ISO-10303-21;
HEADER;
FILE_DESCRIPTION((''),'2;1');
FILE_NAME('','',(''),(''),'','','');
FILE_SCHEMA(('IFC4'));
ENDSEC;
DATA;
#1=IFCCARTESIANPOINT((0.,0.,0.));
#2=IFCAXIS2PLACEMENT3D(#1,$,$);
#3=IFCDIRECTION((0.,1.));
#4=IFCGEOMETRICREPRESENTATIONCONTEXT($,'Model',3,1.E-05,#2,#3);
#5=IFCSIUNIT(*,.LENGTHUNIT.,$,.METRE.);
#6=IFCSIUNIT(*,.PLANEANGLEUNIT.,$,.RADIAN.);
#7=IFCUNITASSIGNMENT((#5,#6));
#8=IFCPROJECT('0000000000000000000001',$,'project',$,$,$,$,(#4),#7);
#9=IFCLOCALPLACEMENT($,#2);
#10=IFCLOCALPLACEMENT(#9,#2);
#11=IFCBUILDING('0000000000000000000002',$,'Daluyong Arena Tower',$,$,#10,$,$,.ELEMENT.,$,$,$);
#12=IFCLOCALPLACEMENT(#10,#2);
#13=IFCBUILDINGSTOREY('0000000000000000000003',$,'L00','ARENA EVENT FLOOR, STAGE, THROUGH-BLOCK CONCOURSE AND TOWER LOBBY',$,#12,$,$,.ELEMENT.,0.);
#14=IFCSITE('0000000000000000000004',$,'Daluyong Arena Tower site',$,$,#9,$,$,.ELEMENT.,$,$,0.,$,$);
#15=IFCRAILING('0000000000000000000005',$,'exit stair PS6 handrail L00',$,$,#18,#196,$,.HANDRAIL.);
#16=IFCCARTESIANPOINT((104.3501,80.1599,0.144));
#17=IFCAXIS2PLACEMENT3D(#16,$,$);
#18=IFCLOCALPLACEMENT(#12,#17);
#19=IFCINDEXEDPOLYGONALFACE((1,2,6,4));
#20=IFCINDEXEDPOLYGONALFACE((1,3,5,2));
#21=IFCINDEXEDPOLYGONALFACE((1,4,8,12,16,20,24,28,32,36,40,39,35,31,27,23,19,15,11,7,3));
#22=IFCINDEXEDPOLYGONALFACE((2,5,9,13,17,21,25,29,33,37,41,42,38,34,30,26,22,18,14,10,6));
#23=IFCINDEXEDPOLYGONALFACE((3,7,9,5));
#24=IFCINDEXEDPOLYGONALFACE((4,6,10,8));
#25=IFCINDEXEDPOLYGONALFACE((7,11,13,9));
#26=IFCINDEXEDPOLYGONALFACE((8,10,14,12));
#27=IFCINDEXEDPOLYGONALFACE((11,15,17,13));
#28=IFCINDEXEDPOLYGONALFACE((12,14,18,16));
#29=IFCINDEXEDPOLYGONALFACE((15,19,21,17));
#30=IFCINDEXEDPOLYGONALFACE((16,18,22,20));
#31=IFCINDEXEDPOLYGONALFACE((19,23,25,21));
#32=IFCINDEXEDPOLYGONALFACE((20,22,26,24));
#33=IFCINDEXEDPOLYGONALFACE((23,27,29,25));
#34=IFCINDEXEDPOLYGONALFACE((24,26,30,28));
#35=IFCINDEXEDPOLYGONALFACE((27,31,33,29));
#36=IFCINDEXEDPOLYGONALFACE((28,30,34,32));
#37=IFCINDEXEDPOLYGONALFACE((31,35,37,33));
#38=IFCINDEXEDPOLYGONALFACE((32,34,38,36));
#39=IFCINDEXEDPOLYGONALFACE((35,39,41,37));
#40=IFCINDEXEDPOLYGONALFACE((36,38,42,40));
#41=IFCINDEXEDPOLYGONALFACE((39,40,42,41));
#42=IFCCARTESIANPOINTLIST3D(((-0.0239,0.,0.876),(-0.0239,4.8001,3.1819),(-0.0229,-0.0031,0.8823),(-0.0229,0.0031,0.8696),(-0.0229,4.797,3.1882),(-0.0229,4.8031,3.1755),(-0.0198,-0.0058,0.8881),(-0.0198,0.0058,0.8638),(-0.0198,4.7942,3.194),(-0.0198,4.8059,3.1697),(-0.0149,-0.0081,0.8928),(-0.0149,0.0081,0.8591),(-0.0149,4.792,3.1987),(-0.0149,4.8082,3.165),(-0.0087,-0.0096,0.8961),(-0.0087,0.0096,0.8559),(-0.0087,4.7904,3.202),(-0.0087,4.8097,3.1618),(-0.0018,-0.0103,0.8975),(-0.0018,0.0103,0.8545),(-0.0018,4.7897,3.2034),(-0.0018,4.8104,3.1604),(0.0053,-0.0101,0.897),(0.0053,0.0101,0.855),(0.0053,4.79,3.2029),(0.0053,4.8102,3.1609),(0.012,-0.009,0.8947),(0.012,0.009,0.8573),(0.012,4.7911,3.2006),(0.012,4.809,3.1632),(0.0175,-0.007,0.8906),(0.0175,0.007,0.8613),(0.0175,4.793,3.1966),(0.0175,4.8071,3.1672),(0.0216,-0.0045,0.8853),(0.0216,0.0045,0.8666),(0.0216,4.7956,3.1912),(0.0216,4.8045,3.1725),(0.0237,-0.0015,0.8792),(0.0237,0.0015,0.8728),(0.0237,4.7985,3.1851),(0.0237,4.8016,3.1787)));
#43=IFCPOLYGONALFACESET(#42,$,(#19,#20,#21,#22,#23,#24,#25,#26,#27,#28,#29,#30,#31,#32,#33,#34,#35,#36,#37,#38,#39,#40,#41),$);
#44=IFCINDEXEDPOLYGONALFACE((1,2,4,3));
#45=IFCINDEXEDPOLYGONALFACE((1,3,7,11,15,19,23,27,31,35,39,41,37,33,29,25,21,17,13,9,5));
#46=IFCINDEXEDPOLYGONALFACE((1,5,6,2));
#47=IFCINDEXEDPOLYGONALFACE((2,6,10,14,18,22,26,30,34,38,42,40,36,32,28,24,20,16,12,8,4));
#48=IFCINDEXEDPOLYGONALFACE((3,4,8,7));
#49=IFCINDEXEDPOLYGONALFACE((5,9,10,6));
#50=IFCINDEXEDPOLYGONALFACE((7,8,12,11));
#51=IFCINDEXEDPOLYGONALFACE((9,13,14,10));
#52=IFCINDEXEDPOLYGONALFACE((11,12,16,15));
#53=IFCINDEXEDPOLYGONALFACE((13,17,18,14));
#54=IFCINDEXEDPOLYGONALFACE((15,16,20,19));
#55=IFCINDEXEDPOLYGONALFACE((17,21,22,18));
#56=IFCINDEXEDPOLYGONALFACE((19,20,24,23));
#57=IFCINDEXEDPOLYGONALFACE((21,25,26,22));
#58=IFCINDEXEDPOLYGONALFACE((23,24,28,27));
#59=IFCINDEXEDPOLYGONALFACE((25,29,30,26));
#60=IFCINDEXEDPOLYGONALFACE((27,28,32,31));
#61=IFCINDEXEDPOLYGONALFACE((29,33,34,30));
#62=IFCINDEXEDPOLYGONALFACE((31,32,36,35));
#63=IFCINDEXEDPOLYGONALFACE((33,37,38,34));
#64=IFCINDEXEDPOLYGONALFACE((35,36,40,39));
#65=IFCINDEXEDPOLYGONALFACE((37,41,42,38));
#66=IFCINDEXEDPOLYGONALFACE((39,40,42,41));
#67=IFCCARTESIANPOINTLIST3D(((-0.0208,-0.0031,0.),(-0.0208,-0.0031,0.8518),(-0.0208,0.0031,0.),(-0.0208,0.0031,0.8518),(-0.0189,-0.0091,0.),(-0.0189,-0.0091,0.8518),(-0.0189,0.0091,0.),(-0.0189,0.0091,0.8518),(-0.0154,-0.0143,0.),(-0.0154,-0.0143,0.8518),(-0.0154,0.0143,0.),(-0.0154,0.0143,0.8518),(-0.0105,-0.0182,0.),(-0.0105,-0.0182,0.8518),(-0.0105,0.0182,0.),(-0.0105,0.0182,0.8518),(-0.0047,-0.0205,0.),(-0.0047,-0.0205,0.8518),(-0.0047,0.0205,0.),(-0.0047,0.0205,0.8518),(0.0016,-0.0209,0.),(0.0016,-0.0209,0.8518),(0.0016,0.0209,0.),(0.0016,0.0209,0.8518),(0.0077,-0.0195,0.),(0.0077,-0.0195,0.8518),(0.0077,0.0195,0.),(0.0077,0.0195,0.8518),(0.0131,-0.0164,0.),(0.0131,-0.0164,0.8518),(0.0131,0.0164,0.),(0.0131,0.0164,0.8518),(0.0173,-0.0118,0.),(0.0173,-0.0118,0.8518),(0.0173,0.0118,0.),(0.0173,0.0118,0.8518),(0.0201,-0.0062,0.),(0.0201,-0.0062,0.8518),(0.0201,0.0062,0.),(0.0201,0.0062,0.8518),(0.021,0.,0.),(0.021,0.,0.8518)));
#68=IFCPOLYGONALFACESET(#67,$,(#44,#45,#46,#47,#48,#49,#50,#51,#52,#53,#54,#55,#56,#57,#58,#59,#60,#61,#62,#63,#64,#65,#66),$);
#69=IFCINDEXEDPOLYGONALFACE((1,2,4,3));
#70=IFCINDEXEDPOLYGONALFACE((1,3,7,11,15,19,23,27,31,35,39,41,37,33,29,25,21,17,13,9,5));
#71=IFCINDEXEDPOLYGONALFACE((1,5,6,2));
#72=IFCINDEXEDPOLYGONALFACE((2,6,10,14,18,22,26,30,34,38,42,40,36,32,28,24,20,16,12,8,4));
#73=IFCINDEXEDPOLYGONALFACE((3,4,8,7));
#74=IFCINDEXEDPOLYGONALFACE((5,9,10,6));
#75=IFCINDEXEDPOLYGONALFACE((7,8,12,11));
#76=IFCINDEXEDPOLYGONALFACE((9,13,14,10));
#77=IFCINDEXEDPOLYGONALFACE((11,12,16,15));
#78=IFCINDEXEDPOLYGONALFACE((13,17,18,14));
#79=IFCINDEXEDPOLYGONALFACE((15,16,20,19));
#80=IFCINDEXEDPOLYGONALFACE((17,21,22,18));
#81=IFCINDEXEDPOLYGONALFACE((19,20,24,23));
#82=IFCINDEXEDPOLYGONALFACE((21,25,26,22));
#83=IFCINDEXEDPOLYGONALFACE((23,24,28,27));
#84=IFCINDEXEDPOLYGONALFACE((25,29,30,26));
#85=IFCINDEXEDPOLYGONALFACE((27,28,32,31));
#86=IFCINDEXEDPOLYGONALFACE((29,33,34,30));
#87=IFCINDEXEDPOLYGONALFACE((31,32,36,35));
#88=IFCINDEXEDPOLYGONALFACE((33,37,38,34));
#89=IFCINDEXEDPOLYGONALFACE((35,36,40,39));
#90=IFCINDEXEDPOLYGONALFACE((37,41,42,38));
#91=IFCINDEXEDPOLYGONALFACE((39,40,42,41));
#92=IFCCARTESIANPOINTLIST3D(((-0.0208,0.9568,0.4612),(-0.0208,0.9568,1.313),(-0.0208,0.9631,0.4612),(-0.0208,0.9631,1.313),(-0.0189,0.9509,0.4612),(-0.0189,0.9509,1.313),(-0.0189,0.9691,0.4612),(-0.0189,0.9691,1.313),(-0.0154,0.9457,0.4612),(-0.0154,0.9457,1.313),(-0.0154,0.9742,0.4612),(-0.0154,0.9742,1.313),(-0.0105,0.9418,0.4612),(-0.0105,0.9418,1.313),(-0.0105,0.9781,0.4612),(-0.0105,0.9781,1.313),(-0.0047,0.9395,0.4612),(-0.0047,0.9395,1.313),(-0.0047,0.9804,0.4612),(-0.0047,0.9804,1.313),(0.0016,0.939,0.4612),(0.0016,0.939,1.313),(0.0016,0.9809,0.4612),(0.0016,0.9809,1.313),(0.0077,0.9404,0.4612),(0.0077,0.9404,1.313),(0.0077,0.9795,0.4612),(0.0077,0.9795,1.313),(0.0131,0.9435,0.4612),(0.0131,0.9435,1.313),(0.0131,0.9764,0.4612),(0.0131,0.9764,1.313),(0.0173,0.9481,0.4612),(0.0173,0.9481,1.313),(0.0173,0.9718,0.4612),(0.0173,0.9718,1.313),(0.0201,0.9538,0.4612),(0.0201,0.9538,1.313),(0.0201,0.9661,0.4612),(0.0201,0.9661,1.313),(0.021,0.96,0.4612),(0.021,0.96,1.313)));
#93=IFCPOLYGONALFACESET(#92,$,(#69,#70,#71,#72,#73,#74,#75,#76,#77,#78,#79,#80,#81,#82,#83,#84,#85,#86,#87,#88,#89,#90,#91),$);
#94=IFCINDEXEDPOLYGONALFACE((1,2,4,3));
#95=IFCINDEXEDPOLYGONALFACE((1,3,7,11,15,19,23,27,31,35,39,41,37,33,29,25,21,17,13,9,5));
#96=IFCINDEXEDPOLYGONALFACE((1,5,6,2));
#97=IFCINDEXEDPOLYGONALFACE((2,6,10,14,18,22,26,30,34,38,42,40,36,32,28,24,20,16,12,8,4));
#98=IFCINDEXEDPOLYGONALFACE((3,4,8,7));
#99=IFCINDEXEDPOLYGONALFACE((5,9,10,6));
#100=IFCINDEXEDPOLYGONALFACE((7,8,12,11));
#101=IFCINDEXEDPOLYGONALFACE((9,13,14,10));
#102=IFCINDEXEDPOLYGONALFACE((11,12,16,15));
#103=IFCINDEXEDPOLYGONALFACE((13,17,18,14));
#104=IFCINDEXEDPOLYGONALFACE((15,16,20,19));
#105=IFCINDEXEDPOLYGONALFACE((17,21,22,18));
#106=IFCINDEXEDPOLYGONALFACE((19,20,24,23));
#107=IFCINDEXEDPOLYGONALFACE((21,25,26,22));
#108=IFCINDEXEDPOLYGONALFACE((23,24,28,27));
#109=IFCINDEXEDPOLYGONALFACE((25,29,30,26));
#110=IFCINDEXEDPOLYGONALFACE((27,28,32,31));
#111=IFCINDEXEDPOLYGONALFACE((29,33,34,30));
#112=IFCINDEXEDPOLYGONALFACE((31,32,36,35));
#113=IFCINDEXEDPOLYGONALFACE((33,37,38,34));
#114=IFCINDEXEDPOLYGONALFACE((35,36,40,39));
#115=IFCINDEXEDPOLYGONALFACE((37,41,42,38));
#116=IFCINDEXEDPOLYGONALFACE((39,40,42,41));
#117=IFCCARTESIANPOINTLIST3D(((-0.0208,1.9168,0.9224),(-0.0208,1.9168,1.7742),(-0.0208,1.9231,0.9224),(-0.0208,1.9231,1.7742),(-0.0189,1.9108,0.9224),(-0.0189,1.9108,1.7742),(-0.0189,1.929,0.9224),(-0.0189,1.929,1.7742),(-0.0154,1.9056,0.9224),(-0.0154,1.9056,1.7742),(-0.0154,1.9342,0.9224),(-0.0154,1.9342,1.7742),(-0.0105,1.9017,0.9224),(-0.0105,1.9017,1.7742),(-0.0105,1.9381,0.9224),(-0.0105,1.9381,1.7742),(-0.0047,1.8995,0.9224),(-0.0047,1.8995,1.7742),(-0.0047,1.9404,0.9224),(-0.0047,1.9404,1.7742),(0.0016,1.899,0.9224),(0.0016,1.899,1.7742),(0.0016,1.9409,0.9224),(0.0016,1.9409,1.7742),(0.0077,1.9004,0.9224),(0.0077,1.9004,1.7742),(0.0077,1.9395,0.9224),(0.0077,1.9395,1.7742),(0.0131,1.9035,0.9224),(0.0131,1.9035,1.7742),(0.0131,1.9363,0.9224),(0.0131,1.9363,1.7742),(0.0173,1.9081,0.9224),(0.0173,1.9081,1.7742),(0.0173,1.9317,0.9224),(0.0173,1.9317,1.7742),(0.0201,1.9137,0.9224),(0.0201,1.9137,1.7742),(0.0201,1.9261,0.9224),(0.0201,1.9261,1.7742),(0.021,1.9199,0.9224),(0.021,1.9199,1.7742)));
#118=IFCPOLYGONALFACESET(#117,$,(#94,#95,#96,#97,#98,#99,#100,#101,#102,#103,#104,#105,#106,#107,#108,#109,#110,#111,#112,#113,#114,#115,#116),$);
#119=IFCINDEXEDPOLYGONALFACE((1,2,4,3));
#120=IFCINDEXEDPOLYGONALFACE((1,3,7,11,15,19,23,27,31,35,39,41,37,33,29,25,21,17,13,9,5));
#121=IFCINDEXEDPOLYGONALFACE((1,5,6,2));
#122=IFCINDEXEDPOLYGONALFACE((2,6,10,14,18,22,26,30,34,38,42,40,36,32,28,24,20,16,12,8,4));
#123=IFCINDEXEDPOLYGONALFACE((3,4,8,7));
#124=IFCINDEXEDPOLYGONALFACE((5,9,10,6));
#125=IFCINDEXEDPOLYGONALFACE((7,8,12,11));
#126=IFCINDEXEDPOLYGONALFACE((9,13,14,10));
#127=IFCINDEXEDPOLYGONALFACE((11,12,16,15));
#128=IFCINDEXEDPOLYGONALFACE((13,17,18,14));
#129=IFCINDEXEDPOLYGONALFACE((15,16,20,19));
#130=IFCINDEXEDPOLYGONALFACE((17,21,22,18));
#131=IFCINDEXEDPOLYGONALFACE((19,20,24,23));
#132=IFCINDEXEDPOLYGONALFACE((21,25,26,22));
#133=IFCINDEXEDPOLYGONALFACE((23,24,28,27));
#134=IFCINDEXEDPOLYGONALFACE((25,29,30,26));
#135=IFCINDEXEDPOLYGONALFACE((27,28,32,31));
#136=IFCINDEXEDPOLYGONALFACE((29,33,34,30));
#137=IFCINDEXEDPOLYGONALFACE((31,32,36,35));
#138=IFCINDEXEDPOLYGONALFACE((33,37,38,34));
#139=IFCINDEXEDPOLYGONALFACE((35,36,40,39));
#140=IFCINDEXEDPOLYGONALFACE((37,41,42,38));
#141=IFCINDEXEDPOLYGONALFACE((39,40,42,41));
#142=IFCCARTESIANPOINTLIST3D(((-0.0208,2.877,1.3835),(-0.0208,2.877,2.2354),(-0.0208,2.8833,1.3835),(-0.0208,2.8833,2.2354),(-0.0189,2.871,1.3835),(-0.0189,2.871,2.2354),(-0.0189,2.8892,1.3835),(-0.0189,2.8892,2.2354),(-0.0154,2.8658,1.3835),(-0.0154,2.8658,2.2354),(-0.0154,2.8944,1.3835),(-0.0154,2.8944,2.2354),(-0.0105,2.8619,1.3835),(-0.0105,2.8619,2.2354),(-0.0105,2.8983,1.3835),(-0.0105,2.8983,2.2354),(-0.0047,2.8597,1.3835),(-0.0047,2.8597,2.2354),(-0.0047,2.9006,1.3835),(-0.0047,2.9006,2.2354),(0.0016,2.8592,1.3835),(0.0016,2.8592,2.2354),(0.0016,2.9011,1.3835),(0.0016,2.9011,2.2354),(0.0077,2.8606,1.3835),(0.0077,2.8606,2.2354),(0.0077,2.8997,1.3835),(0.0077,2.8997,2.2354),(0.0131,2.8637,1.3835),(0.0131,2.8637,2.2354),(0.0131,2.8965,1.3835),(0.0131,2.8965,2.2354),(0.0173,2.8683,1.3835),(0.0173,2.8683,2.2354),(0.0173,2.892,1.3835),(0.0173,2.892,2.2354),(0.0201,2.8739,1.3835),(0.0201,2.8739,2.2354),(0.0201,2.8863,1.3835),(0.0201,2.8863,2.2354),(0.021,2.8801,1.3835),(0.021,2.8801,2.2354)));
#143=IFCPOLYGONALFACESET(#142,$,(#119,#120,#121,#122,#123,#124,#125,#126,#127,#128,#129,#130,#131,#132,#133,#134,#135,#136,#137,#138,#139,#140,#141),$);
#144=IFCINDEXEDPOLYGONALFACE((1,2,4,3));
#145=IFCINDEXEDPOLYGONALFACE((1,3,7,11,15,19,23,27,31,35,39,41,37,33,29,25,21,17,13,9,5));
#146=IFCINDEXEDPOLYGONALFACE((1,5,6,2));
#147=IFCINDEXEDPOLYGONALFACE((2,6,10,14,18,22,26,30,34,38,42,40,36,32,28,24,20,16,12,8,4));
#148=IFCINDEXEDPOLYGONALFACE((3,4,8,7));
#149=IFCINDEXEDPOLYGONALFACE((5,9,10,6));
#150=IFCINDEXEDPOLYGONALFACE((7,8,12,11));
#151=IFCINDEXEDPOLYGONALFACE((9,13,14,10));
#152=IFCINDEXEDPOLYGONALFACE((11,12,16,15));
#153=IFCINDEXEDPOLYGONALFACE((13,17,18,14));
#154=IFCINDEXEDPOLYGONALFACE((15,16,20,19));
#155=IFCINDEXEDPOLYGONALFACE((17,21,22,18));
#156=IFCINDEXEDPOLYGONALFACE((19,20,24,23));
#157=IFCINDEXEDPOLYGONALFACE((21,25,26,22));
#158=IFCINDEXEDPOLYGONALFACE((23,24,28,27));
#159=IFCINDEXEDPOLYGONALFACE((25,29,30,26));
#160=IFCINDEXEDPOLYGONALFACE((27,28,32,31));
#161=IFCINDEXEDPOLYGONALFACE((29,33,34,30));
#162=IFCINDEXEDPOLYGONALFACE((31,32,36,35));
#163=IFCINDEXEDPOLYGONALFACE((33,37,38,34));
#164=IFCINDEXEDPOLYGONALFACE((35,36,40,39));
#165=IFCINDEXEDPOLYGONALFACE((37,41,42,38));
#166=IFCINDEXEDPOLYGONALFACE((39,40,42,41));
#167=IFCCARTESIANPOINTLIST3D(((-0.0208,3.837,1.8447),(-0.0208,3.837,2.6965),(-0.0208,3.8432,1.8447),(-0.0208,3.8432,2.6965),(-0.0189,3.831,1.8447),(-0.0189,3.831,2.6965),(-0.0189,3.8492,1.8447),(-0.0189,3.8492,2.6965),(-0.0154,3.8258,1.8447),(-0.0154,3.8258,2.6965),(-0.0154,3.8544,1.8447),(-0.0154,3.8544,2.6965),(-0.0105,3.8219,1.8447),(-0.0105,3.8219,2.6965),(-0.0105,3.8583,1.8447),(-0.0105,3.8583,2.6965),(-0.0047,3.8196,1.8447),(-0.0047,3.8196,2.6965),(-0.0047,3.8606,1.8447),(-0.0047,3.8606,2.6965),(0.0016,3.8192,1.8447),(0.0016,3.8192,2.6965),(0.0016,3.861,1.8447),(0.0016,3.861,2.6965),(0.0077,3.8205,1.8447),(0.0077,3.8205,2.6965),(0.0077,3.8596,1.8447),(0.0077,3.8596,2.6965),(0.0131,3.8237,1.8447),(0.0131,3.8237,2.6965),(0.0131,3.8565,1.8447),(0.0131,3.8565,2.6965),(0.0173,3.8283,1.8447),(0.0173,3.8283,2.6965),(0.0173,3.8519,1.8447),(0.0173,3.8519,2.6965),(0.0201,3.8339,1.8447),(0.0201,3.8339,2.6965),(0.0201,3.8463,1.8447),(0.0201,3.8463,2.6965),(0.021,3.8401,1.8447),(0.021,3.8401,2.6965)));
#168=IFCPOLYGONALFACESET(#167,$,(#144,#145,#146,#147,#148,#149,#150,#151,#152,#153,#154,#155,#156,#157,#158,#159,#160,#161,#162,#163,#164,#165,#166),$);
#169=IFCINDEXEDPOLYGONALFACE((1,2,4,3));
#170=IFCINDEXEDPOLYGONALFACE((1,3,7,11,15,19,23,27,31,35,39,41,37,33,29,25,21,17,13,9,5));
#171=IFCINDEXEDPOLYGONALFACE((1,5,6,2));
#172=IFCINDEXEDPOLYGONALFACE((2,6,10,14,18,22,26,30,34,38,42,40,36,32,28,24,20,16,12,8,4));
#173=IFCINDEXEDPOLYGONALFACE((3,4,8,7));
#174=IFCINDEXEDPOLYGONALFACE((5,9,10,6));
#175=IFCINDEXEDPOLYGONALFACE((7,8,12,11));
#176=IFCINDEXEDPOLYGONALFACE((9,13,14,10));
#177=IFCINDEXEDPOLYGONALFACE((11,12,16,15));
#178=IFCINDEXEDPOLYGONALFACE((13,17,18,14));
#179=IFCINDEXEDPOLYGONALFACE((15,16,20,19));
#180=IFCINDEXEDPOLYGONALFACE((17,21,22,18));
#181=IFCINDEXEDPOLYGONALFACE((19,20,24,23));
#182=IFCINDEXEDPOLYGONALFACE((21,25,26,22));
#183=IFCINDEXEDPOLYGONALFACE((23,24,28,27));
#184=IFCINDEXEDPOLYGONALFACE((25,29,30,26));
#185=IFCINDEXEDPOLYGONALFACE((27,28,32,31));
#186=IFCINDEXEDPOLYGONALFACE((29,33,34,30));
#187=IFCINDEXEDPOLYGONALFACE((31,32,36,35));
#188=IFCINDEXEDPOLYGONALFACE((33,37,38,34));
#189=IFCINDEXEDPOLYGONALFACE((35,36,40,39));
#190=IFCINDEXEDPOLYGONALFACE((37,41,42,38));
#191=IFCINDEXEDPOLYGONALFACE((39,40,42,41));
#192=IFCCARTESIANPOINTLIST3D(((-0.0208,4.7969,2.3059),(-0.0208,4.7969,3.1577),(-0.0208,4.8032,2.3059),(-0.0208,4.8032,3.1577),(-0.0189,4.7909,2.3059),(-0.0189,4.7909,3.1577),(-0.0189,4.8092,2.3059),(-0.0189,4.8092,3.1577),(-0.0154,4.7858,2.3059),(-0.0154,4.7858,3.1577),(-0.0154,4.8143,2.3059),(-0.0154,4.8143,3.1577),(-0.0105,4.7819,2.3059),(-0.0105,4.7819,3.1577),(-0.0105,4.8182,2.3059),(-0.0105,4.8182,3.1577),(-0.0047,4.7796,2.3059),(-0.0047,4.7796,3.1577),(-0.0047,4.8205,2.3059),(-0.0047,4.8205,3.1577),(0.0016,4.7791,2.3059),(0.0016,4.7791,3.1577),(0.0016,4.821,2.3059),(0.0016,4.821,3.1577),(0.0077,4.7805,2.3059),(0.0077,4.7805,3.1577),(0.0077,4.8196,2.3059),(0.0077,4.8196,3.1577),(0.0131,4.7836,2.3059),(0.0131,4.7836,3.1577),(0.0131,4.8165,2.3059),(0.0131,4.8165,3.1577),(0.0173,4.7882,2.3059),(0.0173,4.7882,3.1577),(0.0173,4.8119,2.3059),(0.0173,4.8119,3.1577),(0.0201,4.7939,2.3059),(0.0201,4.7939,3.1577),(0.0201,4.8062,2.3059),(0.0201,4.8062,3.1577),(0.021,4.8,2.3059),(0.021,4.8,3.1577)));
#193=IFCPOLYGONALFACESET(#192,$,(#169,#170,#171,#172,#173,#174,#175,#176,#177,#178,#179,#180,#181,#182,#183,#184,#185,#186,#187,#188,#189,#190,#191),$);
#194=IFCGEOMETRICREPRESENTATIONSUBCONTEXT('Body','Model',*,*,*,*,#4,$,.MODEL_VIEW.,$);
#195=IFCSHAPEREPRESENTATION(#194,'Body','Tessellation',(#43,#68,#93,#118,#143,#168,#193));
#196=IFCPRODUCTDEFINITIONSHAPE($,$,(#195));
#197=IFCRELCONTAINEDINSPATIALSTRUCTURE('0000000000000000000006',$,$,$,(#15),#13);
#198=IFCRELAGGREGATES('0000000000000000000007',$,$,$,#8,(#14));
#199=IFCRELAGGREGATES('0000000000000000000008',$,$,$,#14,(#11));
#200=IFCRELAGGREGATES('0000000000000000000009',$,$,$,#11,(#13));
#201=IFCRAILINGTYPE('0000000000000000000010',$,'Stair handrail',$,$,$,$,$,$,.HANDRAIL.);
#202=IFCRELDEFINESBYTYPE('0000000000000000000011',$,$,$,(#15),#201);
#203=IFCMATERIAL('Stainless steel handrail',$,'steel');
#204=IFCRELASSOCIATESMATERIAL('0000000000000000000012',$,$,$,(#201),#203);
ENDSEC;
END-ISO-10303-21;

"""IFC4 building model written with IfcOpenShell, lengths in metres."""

from ifc_helpers import new_model, si_unit, direction, frame, origin, origin_2d, place, context, subcontext, project, spatial, circle, extrude, material, type_object, element, save


model = new_model("IFC4")

# Units and contexts
model_context = context("Model", 3, precision=1e-05, world=origin(), true_north=direction((0.0, 1.0)))
body_context = subcontext(model_context, "Body", "Model", "MODEL_VIEW")
ifc_project = project(units=[si_unit("LENGTHUNIT", "METRE"), si_unit("PLANEANGLEUNIT", "RADIAN")], contexts=[model_context])

# Site, building, storey
site_placement = place(None, origin())
site = spatial("IfcSite", under=ifc_project, at=site_placement, Name="Daluyong Arena Tower site", CompositionType="ELEMENT", RefElevation=0.0)
building_placement = place(site_placement, origin())
building = spatial("IfcBuilding", under=site, at=building_placement, Name="Daluyong Arena Tower", CompositionType="ELEMENT")
storey_placement = place(building_placement, origin())
storey = spatial("IfcBuildingStorey", under=building, at=storey_placement, Name="L00", Description="ARENA EVENT FLOOR, STAGE, THROUGH-BLOCK CONCOURSE AND TOWER LOBBY", CompositionType="ELEMENT", Elevation=0.0)

# Railing
ifc_material_1 = material(Name="Stainless steel handrail", Category="steel")
railing_type_1 = type_object("IfcRailingType", Name="Stair handrail", PredefinedType="HANDRAIL", material=ifc_material_1)
railing_1_placement = place(storey_placement, frame((104.3501, 80.1599, 0.144)))
element("IfcRailing", 1, at=railing_1_placement, inside=storey, type_object=railing_type_1, Name="exit stair PS6 handrail L00", PredefinedType="HANDRAIL", context=body_context, shape_type="SweptSolid", body=[
    extrude(circle(Radius=0.0239, at=origin_2d()), frame((0.0, 0.0, 0.876), z_axis=(0.0, 0.901385, 0.433019), x_axis=(-1.0, 0.0, 0.0)), (0.0, 0.0, 1.0), 5.3252),
    extrude(circle(Radius=0.021, at=origin_2d()), origin(), (0.0, 0.0, 1.0), 0.8518),
    extrude(circle(Radius=0.021, at=origin_2d()), frame((0.0, 0.96, 0.4612)), (0.0, 0.0, 1.0), 0.8518),
    extrude(circle(Radius=0.021, at=origin_2d()), frame((0.0, 1.9199, 0.9224)), (0.0, 0.0, 1.0), 0.8518),
    extrude(circle(Radius=0.021, at=origin_2d()), frame((0.0, 2.8801, 1.3835)), (0.0, 0.0, 1.0), 0.8518),
    extrude(circle(Radius=0.021, at=origin_2d()), frame((0.0, 3.8401, 1.8447)), (0.0, 0.0, 1.0), 0.8518),
    extrude(circle(Radius=0.021, at=origin_2d()), frame((0.0, 4.8, 2.3059)), (0.0, 0.0, 1.0), 0.8518),
])

save(model, "model.ifc")
